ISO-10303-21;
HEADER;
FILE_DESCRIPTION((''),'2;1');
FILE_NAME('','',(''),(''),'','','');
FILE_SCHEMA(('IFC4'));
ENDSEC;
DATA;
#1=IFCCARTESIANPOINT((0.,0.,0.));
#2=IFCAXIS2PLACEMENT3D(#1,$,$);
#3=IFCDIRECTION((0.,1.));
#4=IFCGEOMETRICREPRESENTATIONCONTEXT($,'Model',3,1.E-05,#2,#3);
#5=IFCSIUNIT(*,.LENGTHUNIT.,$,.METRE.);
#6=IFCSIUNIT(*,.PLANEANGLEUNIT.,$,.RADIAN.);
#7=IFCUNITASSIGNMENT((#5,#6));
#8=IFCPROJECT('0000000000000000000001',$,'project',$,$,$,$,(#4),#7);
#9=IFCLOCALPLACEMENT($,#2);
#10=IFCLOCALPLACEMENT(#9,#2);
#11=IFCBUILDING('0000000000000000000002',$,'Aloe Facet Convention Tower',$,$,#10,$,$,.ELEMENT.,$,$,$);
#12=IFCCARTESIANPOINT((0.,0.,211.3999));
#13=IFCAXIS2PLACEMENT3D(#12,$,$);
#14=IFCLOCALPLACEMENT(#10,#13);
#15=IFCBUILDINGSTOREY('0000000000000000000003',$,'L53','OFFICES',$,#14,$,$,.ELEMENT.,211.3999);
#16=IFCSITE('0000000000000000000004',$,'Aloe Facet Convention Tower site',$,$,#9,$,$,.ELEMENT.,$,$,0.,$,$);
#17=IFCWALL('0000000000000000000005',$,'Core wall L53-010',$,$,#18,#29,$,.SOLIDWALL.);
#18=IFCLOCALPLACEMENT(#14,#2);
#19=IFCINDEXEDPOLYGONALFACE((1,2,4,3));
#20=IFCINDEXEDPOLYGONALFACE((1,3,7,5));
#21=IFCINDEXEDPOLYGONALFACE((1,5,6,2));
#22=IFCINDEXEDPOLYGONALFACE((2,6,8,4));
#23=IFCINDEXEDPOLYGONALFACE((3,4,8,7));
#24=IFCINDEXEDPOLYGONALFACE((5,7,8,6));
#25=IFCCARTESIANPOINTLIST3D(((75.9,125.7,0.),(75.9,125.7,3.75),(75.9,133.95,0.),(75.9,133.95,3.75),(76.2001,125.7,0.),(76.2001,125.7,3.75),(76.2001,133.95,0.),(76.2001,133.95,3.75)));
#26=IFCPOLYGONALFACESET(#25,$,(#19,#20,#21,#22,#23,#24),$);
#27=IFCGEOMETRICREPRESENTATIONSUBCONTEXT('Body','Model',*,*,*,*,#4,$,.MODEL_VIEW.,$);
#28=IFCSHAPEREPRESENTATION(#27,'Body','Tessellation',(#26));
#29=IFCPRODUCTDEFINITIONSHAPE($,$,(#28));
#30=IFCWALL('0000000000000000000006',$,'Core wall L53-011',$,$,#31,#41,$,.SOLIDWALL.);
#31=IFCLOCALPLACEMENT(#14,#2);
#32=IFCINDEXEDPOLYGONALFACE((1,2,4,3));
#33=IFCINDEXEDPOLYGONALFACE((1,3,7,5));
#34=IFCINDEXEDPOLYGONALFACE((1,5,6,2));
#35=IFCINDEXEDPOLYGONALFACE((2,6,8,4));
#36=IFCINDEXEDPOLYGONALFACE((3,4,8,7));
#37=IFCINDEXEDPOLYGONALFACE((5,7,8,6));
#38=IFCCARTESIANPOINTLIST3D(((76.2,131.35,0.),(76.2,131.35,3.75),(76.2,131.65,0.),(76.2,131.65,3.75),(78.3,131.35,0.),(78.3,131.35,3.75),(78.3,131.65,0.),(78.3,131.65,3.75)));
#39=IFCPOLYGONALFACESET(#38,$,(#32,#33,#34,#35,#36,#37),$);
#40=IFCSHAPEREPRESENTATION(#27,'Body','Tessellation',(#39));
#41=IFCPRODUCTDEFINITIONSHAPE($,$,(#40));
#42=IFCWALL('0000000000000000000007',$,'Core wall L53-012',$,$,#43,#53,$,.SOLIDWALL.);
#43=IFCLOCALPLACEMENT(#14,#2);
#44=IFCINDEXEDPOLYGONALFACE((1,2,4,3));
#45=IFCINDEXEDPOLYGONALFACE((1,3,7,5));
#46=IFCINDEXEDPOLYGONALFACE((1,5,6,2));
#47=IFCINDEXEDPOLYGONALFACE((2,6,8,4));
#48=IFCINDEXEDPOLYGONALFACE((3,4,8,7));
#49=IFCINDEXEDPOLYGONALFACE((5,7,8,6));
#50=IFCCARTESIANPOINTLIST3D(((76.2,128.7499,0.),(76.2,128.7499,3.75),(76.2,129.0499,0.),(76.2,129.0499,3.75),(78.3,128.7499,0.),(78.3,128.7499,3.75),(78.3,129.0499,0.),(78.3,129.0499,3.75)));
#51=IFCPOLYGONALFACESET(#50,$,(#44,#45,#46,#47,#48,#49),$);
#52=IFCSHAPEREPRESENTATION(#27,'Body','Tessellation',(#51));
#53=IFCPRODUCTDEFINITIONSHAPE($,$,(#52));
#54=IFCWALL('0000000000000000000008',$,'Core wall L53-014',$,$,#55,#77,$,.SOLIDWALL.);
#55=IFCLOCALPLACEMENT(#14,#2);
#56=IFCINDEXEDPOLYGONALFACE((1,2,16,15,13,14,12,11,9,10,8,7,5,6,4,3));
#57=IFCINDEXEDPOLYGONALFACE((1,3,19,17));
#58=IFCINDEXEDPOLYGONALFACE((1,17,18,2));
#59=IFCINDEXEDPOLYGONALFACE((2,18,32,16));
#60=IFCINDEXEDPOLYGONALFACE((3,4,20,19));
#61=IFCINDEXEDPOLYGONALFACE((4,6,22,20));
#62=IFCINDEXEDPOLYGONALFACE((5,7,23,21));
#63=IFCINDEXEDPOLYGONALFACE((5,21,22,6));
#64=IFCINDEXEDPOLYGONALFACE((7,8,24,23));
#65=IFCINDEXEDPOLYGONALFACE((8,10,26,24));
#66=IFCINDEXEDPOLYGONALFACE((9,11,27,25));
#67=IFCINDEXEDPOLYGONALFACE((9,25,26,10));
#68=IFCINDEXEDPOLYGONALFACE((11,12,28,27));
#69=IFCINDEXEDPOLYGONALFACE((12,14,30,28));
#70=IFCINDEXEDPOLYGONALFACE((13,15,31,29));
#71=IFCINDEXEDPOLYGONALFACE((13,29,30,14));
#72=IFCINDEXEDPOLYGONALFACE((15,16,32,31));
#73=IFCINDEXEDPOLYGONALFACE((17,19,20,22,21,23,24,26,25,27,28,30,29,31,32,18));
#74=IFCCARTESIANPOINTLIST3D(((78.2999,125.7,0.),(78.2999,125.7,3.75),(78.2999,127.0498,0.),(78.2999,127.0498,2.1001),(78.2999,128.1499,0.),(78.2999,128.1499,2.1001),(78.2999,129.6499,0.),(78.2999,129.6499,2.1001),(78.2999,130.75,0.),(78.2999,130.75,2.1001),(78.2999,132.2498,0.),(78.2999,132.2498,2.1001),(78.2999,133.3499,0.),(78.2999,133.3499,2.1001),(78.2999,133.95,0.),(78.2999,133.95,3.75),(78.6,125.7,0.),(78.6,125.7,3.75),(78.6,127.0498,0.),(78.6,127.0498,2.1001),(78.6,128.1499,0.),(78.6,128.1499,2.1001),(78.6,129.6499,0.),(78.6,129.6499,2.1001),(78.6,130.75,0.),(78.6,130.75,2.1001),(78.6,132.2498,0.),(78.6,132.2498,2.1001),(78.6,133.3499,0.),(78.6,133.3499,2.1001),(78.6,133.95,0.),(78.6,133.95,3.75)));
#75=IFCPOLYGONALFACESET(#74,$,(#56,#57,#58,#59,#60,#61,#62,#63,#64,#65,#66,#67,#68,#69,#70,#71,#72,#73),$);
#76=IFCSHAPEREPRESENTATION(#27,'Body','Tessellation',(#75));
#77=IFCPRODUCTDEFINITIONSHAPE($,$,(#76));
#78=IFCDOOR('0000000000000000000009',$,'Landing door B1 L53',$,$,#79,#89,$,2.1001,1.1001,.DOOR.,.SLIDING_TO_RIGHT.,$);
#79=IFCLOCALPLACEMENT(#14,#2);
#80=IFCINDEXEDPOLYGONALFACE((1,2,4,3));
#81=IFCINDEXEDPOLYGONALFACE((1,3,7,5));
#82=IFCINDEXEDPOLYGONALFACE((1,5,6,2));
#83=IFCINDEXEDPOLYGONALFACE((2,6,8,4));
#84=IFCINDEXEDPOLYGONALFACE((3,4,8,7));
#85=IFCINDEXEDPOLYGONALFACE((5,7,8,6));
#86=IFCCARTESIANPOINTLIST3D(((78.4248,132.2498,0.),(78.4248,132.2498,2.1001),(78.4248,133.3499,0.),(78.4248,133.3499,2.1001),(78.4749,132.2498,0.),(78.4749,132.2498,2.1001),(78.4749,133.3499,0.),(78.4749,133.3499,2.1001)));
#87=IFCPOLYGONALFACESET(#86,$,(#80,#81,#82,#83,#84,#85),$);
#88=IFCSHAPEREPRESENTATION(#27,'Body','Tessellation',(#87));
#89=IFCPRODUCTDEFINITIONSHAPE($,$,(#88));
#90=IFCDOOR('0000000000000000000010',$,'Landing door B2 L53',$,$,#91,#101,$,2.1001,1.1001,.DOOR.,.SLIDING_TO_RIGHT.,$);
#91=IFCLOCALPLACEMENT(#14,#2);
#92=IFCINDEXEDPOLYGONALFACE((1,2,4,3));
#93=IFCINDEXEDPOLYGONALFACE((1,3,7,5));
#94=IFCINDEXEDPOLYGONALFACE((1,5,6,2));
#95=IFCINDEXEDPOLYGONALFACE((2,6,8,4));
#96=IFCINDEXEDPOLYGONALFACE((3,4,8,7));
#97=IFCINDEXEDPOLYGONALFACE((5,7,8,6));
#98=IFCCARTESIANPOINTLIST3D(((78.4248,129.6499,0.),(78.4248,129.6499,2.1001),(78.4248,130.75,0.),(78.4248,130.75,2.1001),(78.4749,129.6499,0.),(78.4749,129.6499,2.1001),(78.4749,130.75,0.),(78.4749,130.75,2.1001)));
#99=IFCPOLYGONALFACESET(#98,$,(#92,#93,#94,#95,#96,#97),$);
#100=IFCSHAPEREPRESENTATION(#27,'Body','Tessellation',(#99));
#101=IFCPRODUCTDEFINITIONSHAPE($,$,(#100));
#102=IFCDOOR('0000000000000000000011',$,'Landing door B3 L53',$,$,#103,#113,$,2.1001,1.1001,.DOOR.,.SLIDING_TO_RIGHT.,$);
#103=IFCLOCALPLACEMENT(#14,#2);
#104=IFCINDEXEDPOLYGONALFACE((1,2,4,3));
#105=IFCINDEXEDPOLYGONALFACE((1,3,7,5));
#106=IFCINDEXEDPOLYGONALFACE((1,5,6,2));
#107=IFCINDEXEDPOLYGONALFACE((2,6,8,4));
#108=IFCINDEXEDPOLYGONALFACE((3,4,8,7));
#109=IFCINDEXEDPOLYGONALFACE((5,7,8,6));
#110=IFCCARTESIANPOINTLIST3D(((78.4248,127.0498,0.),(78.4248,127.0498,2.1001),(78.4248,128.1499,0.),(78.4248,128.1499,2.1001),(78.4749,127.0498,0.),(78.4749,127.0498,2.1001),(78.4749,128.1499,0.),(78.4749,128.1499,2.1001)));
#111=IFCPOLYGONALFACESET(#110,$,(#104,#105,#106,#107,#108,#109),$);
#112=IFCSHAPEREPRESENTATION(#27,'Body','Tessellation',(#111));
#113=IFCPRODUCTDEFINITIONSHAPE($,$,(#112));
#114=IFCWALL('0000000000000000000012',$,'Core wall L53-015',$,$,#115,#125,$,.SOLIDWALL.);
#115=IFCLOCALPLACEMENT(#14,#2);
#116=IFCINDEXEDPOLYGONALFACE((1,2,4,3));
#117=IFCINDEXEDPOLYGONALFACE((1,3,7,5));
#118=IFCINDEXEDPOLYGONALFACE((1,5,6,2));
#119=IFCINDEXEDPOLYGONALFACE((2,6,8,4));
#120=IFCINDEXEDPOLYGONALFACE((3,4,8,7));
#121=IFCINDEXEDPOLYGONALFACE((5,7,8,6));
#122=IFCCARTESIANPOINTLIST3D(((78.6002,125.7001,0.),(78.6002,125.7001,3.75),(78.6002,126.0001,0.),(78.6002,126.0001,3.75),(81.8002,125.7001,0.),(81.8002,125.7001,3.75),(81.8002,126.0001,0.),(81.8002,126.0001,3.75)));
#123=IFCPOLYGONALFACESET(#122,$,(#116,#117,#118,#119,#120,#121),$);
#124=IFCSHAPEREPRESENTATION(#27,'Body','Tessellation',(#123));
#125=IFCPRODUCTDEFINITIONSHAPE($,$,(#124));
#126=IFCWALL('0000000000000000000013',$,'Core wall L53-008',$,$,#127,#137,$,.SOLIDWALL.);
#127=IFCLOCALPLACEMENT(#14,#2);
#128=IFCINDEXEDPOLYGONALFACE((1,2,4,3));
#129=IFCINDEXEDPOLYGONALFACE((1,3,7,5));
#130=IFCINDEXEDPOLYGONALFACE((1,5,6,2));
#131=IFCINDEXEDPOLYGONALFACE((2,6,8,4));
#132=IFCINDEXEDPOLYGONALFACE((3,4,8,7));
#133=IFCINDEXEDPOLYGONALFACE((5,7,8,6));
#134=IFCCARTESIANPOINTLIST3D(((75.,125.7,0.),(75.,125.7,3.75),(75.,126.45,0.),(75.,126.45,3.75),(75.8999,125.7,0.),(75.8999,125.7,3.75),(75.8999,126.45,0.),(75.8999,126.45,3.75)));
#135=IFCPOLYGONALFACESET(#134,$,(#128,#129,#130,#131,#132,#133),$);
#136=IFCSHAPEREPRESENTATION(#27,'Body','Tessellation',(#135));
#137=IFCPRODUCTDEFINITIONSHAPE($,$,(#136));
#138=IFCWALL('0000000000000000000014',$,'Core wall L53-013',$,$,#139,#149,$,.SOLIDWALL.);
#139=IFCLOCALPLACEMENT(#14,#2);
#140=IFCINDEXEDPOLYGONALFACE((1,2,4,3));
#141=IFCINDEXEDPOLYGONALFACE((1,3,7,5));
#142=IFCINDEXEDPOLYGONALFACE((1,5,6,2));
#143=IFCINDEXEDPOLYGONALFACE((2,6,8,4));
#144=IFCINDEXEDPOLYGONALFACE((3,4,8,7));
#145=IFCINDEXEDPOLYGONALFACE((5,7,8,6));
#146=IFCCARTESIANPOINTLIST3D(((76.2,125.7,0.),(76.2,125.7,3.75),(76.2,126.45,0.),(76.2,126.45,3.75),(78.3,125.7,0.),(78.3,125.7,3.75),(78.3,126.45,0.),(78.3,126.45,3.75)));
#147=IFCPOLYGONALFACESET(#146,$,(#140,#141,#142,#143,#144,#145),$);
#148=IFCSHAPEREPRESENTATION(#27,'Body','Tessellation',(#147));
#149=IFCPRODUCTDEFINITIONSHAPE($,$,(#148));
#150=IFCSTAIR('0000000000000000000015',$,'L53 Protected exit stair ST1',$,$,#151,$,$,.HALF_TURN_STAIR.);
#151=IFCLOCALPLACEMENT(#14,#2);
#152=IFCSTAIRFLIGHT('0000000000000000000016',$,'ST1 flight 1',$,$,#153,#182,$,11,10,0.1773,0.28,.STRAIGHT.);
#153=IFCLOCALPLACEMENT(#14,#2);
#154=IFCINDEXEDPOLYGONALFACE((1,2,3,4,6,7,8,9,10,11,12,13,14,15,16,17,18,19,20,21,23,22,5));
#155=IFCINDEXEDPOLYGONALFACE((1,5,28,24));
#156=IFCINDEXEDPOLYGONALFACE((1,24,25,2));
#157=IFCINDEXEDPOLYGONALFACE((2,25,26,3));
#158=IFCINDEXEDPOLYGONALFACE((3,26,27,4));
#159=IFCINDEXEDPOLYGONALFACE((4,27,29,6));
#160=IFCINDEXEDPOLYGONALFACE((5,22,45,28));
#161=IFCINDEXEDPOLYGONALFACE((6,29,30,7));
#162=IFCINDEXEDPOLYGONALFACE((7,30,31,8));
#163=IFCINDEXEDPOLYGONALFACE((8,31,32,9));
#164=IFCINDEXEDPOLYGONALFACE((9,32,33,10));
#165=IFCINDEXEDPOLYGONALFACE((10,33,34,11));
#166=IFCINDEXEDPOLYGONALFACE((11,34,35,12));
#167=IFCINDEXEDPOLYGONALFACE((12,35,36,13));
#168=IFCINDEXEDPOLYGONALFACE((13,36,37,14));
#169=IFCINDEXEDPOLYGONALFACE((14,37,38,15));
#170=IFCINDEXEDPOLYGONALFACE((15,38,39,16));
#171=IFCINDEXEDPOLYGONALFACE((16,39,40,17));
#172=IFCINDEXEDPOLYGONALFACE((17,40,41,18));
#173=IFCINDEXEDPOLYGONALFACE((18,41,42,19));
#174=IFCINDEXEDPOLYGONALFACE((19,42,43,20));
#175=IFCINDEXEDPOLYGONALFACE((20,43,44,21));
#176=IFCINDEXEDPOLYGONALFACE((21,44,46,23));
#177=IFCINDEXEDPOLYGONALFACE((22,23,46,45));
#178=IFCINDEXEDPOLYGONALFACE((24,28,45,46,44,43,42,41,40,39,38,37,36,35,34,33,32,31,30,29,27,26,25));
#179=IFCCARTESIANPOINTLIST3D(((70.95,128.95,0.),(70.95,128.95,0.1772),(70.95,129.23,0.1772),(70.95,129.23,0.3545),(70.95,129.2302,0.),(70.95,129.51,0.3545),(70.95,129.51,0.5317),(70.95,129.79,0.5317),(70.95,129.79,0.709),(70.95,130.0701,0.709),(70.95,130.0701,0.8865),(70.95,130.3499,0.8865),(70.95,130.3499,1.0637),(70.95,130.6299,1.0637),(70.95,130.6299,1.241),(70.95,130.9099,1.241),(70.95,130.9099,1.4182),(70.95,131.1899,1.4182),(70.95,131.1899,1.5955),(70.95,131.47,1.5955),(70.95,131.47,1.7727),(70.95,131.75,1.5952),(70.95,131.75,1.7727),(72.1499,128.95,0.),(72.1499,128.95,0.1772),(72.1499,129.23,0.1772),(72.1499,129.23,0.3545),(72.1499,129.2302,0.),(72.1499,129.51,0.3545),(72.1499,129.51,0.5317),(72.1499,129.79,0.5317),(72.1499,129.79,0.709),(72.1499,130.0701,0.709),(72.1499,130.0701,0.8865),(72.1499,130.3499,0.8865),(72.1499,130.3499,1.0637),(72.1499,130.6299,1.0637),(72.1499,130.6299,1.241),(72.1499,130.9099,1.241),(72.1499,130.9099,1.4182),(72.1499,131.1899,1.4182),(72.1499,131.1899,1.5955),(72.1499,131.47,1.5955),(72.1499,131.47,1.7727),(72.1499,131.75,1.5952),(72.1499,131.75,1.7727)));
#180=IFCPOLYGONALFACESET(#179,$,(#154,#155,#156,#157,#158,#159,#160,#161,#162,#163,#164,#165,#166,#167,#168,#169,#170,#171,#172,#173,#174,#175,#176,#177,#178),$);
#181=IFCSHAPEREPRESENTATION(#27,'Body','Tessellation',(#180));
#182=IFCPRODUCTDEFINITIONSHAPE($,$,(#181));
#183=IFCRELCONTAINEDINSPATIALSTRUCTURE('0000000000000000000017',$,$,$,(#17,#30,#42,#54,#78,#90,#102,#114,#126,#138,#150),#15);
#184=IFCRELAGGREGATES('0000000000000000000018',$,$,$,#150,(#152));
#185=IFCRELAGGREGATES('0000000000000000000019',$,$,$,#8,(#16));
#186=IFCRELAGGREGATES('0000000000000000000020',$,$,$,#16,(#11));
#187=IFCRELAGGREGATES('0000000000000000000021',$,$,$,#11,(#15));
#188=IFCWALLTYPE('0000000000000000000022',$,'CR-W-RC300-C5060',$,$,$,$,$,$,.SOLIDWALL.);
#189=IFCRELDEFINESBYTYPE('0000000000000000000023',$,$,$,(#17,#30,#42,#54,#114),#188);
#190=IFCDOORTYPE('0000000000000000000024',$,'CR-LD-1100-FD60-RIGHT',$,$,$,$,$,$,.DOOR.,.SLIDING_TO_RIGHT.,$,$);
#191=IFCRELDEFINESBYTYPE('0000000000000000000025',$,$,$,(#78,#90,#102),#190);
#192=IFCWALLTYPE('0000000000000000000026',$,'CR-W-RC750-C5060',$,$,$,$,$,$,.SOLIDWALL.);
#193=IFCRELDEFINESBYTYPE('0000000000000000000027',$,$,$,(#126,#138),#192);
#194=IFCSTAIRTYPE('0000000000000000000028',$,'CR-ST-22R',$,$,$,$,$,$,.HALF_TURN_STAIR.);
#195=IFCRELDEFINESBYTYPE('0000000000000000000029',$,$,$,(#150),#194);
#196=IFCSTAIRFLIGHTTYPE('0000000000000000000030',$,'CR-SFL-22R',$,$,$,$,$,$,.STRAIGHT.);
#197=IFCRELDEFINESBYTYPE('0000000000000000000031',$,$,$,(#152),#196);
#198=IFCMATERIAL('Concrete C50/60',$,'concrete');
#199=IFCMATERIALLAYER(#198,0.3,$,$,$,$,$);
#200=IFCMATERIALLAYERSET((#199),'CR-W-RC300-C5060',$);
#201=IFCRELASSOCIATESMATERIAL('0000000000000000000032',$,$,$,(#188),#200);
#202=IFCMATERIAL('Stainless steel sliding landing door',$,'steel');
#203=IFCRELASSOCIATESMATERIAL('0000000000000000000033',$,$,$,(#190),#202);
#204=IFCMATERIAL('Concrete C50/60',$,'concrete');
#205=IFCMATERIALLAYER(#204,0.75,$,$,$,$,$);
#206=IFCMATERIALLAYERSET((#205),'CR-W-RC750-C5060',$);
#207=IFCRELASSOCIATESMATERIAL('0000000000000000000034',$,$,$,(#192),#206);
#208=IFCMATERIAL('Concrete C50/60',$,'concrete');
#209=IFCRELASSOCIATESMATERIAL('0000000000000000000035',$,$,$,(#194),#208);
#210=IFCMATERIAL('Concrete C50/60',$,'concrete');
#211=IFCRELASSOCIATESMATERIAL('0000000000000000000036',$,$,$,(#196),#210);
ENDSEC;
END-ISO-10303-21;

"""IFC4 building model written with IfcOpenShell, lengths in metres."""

from ifc_helpers import new_model, si_unit, direction, frame, frame_2d, origin, place, context, subcontext, project, spatial, polyline, rectangle, outline, extrude, material, layer, layer_set, type_object, element, fill, aggregate, save


model = new_model("IFC4")

# Units and contexts
model_context = context("Model", 3, precision=1e-05, world=origin(), true_north=direction((0.0, 1.0)))
body_context = subcontext(model_context, "Body", "Model", "MODEL_VIEW")
ifc_project = project(units=[si_unit("LENGTHUNIT", "METRE"), si_unit("PLANEANGLEUNIT", "RADIAN")], contexts=[model_context])

# Site, building, storey
site_placement = place(None, origin())
site = spatial("IfcSite", under=ifc_project, at=site_placement, Name="Aloe Facet Convention Tower site", CompositionType="ELEMENT", RefElevation=0.0)
building_placement = place(site_placement, origin())
building = spatial("IfcBuilding", under=site, at=building_placement, Name="Aloe Facet Convention Tower", CompositionType="ELEMENT")
storey_placement = place(building_placement, frame((0.0, 0.0, 211.3999)))
storey = spatial("IfcBuildingStorey", under=building, at=storey_placement, Name="L53", Description="OFFICES", CompositionType="ELEMENT", Elevation=211.3999)

# Shared definitions
ifc_material_1 = material(Name="Concrete C50/60", Category="concrete")
ifc_layer_1 = layer(ifc_material_1, 0.3)
ifc_layer_set_1 = layer_set([ifc_layer_1], Name="CR-W-RC300-C5060")
wall_type_1 = type_object("IfcWallType", Name="CR-W-RC300-C5060", PredefinedType="SOLIDWALL", material=ifc_layer_set_1)

# Walls
wall_1_placement = place(storey_placement, frame((76.05, 133.95, 0.0), z_axis=(0.0, 0.0, 1.0), x_axis=(0.0, -1.0, 0.0)))
element("IfcWall", 1, at=wall_1_placement, inside=storey, type_object=wall_type_1, Name="Core wall L53-010", PredefinedType="SOLIDWALL", context=body_context, shape_type="SweptSolid", body=[
    extrude(rectangle(XDim=8.25, YDim=0.3, at=frame_2d((4.125, 0.0))), origin(), (0.0, 0.0, 1.0), 3.75),
])
for number, where, z_axis, x_axis, name in (
    (2, (76.2, 131.5, 0.0), (0.0, 0.0, 1.0), (1.0, 0.0, 0.0), "Core wall L53-011"),
    (3, (76.2, 128.8999, 0.0), (0.0, 0.0, 1.0), (1.0, 0.0, 0.0), "Core wall L53-012"),
):
    element("IfcWall", number, at=place(storey_placement, frame(where, z_axis=z_axis, x_axis=x_axis)), inside=storey, type_object=wall_type_1, Name=name, PredefinedType="SOLIDWALL", context=body_context, shape_type="SweptSolid", body=[
        extrude(rectangle(XDim=2.1001, YDim=0.3, at=frame_2d((1.05, 0.0))), origin(), (0.0, 0.0, 1.0), 3.75),
    ])

# Wall, openings, doors
wall_2_placement = place(storey_placement, frame((78.45, 133.95, 0.0), z_axis=(0.0, 0.0, 1.0), x_axis=(0.0, -1.0, 0.0)))
wall_2 = element("IfcWall", 4, at=wall_2_placement, inside=storey, type_object=wall_type_1, Name="Core wall L53-014", PredefinedType="SOLIDWALL", context=body_context, shape_type="SweptSolid", body=[
    extrude(rectangle(XDim=8.25, YDim=0.3, at=frame_2d((4.125, 0.0))), origin(), (0.0, 0.0, 1.0), 3.75),
])
opening_1_placement = place(wall_2_placement, frame((0.6001, 0.0, 0.0)))
opening_1 = element("IfcOpeningElement", 5, at=opening_1_placement, cuts=wall_2, PredefinedType="OPENING", context=body_context, shape_type="SweptSolid", body=[
    extrude(rectangle(XDim=1.1001, YDim=2.1001, at=frame_2d((0.55, 1.05))), frame((0.0, 0.1602, 0.0), z_axis=(0.0, -1.0, 0.0), x_axis=(1.0, 0.0, 0.0)), (0.0, 0.0, 1.0), 0.3201),
])
opening_2_placement = place(wall_2_placement, frame((3.2, 0.0, 0.0)))
opening_2 = element("IfcOpeningElement", 6, at=opening_2_placement, cuts=wall_2, PredefinedType="OPENING", context=body_context, shape_type="SweptSolid", body=[
    extrude(rectangle(XDim=1.1001, YDim=2.1001, at=frame_2d((0.55, 1.05))), frame((0.0, 0.1602, 0.0), z_axis=(0.0, -1.0, 0.0), x_axis=(1.0, 0.0, 0.0)), (0.0, 0.0, 1.0), 0.3201),
])
opening_3_placement = place(wall_2_placement, frame((5.8, 0.0, 0.0)))
opening_3 = element("IfcOpeningElement", 7, at=opening_3_placement, cuts=wall_2, PredefinedType="OPENING", context=body_context, shape_type="SweptSolid", body=[
    extrude(rectangle(XDim=1.1001, YDim=2.1001, at=frame_2d((0.55, 1.05))), frame((0.0, 0.1602, 0.0), z_axis=(0.0, -1.0, 0.0), x_axis=(1.0, 0.0, 0.0)), (0.0, 0.0, 1.0), 0.3201),
])
ifc_material_2 = material(Name="Stainless steel sliding landing door", Category="steel")
door_type_1 = type_object("IfcDoorType", Name="CR-LD-1100-FD60-RIGHT", OperationType="SLIDING_TO_RIGHT", PredefinedType="DOOR", material=ifc_material_2)
door_1_placement = place(opening_1_placement, origin())
door_1 = element("IfcDoor", 8, at=door_1_placement, inside=storey, type_object=door_type_1, Name="Landing door B1 L53", OperationType="SLIDING_TO_RIGHT", OverallHeight=2.1001, OverallWidth=1.1001, PredefinedType="DOOR", context=body_context, shape_type="SweptSolid", body=[
    extrude(rectangle(XDim=1.1001, YDim=2.1001, at=frame_2d((0.55, 1.05))), frame((0.0, 0.0249, 0.0), z_axis=(0.0, -1.0, 0.0), x_axis=(1.0, 0.0, 0.0)), (0.0, 0.0, 1.0), 0.05),
])
fill(opening_1, door_1)
door_2_placement = place(opening_2_placement, origin())
door_2 = element("IfcDoor", 9, at=door_2_placement, inside=storey, type_object=door_type_1, Name="Landing door B2 L53", OperationType="SLIDING_TO_RIGHT", OverallHeight=2.1001, OverallWidth=1.1001, PredefinedType="DOOR", context=body_context, shape_type="SweptSolid", body=[
    extrude(rectangle(XDim=1.1001, YDim=2.1001, at=frame_2d((0.55, 1.05))), frame((0.0, 0.0249, 0.0), z_axis=(0.0, -1.0, 0.0), x_axis=(1.0, 0.0, 0.0)), (0.0, 0.0, 1.0), 0.05),
])
fill(opening_2, door_2)
door_3_placement = place(opening_3_placement, origin())
door_3 = element("IfcDoor", 10, at=door_3_placement, inside=storey, type_object=door_type_1, Name="Landing door B3 L53", OperationType="SLIDING_TO_RIGHT", OverallHeight=2.1001, OverallWidth=1.1001, PredefinedType="DOOR", context=body_context, shape_type="SweptSolid", body=[
    extrude(rectangle(XDim=1.1001, YDim=2.1001, at=frame_2d((0.55, 1.05))), frame((0.0, 0.0249, 0.0), z_axis=(0.0, -1.0, 0.0), x_axis=(1.0, 0.0, 0.0)), (0.0, 0.0, 1.0), 0.05),
])
fill(opening_3, door_3)

# Walls
wall_3_placement = place(storey_placement, frame((78.6001, 125.8501, 0.0), z_axis=(0.0, 0.0, 1.0), x_axis=(1.0, 0.0, 0.0)))
element("IfcWall", 11, at=wall_3_placement, inside=storey, type_object=wall_type_1, Name="Core wall L53-015", PredefinedType="SOLIDWALL", context=body_context, shape_type="SweptSolid", body=[
    extrude(rectangle(XDim=3.2, YDim=0.3, at=frame_2d((1.6001, 0.0))), origin(), (0.0, 0.0, 1.0), 3.75),
])
ifc_material_3 = material(Name="Concrete C50/60", Category="concrete")
ifc_layer_2 = layer(ifc_material_3, 0.75)
ifc_layer_set_2 = layer_set([ifc_layer_2], Name="CR-W-RC750-C5060")
wall_type_2 = type_object("IfcWallType", Name="CR-W-RC750-C5060", PredefinedType="SOLIDWALL", material=ifc_layer_set_2)
wall_4_placement = place(storey_placement, frame((75.0, 126.075, 0.0), z_axis=(0.0, 0.0, 1.0), x_axis=(1.0, 0.0, 0.0)))
element("IfcWall", 12, at=wall_4_placement, inside=storey, type_object=wall_type_2, Name="Core wall L53-008", PredefinedType="SOLIDWALL", context=body_context, shape_type="SweptSolid", body=[
    extrude(rectangle(XDim=0.8999, YDim=0.75, at=frame_2d((0.45, 0.0))), origin(), (0.0, 0.0, 1.0), 3.75),
])
wall_5_placement = place(storey_placement, frame((76.2, 126.075, 0.0), z_axis=(0.0, 0.0, 1.0), x_axis=(1.0, 0.0, 0.0)))
element("IfcWall", 13, at=wall_5_placement, inside=storey, type_object=wall_type_2, Name="Core wall L53-013", PredefinedType="SOLIDWALL", context=body_context, shape_type="SweptSolid", body=[
    extrude(rectangle(XDim=2.1001, YDim=0.75, at=frame_2d((1.05, 0.0))), origin(), (0.0, 0.0, 1.0), 3.75),
])

# Stair, stair flight
ifc_material_4 = material(Name="Concrete C50/60", Category="concrete")
stair_type = type_object("IfcStairType", Name="CR-ST-22R", PredefinedType="HALF_TURN_STAIR", material=ifc_material_4)
stair_1_placement = place(storey_placement, origin())
stair_1 = element("IfcStair", 14, at=stair_1_placement, inside=storey, type_object=stair_type, Name="L53 Protected exit stair ST1", PredefinedType="HALF_TURN_STAIR")
ifc_material_5 = material(Name="Concrete C50/60", Category="concrete")
stair_flight_type = type_object("IfcStairFlightType", Name="CR-SFL-22R", PredefinedType="STRAIGHT", material=ifc_material_5)
stair_flight_1_placement = place(storey_placement, frame((71.55, 128.95, 0.0), z_axis=(0.0, 0.0, 1.0), x_axis=(0.0, 1.0, 0.0)))
stair_flight_1 = element("IfcStairFlight", 15, at=stair_flight_1_placement, type_object=stair_flight_type, Name="ST1 flight 1", NumberOfRisers=11, NumberOfTreads=10, PredefinedType="STRAIGHT", RiserHeight=0.1773, TreadLength=0.28, context=body_context, shape_type="SweptSolid", body=[
    extrude(outline(polyline([(0.0, 0.0), (0.0, 0.1772), (0.28, 0.1772), (0.28, 0.3545), (0.5601, 0.3545), (0.5601, 0.5317), (0.8401, 0.5317), (0.8401, 0.709), (1.1201, 0.709), (1.1201, 0.8865), (1.3999, 0.8865), (1.3999, 1.0637), (1.6799, 1.0637), (1.6799, 1.241), (1.96, 1.241), (1.96, 1.4182), (2.24, 1.4182), (2.24, 1.5955), (2.52, 1.5955), (2.52, 1.7727), (2.8, 1.7727), (2.8, 1.95), (2.8, 1.5952), (0.2803, 0.0), (0.0, 0.0)])), frame((0.0, 0.6001, 0.0), z_axis=(0.0, -1.0, 0.0), x_axis=(1.0, 0.0, 0.0)), (0.0, 0.0, 1.0), 1.2),
])
aggregate(stair_1, [stair_flight_1])

save(model, "model.ifc")
